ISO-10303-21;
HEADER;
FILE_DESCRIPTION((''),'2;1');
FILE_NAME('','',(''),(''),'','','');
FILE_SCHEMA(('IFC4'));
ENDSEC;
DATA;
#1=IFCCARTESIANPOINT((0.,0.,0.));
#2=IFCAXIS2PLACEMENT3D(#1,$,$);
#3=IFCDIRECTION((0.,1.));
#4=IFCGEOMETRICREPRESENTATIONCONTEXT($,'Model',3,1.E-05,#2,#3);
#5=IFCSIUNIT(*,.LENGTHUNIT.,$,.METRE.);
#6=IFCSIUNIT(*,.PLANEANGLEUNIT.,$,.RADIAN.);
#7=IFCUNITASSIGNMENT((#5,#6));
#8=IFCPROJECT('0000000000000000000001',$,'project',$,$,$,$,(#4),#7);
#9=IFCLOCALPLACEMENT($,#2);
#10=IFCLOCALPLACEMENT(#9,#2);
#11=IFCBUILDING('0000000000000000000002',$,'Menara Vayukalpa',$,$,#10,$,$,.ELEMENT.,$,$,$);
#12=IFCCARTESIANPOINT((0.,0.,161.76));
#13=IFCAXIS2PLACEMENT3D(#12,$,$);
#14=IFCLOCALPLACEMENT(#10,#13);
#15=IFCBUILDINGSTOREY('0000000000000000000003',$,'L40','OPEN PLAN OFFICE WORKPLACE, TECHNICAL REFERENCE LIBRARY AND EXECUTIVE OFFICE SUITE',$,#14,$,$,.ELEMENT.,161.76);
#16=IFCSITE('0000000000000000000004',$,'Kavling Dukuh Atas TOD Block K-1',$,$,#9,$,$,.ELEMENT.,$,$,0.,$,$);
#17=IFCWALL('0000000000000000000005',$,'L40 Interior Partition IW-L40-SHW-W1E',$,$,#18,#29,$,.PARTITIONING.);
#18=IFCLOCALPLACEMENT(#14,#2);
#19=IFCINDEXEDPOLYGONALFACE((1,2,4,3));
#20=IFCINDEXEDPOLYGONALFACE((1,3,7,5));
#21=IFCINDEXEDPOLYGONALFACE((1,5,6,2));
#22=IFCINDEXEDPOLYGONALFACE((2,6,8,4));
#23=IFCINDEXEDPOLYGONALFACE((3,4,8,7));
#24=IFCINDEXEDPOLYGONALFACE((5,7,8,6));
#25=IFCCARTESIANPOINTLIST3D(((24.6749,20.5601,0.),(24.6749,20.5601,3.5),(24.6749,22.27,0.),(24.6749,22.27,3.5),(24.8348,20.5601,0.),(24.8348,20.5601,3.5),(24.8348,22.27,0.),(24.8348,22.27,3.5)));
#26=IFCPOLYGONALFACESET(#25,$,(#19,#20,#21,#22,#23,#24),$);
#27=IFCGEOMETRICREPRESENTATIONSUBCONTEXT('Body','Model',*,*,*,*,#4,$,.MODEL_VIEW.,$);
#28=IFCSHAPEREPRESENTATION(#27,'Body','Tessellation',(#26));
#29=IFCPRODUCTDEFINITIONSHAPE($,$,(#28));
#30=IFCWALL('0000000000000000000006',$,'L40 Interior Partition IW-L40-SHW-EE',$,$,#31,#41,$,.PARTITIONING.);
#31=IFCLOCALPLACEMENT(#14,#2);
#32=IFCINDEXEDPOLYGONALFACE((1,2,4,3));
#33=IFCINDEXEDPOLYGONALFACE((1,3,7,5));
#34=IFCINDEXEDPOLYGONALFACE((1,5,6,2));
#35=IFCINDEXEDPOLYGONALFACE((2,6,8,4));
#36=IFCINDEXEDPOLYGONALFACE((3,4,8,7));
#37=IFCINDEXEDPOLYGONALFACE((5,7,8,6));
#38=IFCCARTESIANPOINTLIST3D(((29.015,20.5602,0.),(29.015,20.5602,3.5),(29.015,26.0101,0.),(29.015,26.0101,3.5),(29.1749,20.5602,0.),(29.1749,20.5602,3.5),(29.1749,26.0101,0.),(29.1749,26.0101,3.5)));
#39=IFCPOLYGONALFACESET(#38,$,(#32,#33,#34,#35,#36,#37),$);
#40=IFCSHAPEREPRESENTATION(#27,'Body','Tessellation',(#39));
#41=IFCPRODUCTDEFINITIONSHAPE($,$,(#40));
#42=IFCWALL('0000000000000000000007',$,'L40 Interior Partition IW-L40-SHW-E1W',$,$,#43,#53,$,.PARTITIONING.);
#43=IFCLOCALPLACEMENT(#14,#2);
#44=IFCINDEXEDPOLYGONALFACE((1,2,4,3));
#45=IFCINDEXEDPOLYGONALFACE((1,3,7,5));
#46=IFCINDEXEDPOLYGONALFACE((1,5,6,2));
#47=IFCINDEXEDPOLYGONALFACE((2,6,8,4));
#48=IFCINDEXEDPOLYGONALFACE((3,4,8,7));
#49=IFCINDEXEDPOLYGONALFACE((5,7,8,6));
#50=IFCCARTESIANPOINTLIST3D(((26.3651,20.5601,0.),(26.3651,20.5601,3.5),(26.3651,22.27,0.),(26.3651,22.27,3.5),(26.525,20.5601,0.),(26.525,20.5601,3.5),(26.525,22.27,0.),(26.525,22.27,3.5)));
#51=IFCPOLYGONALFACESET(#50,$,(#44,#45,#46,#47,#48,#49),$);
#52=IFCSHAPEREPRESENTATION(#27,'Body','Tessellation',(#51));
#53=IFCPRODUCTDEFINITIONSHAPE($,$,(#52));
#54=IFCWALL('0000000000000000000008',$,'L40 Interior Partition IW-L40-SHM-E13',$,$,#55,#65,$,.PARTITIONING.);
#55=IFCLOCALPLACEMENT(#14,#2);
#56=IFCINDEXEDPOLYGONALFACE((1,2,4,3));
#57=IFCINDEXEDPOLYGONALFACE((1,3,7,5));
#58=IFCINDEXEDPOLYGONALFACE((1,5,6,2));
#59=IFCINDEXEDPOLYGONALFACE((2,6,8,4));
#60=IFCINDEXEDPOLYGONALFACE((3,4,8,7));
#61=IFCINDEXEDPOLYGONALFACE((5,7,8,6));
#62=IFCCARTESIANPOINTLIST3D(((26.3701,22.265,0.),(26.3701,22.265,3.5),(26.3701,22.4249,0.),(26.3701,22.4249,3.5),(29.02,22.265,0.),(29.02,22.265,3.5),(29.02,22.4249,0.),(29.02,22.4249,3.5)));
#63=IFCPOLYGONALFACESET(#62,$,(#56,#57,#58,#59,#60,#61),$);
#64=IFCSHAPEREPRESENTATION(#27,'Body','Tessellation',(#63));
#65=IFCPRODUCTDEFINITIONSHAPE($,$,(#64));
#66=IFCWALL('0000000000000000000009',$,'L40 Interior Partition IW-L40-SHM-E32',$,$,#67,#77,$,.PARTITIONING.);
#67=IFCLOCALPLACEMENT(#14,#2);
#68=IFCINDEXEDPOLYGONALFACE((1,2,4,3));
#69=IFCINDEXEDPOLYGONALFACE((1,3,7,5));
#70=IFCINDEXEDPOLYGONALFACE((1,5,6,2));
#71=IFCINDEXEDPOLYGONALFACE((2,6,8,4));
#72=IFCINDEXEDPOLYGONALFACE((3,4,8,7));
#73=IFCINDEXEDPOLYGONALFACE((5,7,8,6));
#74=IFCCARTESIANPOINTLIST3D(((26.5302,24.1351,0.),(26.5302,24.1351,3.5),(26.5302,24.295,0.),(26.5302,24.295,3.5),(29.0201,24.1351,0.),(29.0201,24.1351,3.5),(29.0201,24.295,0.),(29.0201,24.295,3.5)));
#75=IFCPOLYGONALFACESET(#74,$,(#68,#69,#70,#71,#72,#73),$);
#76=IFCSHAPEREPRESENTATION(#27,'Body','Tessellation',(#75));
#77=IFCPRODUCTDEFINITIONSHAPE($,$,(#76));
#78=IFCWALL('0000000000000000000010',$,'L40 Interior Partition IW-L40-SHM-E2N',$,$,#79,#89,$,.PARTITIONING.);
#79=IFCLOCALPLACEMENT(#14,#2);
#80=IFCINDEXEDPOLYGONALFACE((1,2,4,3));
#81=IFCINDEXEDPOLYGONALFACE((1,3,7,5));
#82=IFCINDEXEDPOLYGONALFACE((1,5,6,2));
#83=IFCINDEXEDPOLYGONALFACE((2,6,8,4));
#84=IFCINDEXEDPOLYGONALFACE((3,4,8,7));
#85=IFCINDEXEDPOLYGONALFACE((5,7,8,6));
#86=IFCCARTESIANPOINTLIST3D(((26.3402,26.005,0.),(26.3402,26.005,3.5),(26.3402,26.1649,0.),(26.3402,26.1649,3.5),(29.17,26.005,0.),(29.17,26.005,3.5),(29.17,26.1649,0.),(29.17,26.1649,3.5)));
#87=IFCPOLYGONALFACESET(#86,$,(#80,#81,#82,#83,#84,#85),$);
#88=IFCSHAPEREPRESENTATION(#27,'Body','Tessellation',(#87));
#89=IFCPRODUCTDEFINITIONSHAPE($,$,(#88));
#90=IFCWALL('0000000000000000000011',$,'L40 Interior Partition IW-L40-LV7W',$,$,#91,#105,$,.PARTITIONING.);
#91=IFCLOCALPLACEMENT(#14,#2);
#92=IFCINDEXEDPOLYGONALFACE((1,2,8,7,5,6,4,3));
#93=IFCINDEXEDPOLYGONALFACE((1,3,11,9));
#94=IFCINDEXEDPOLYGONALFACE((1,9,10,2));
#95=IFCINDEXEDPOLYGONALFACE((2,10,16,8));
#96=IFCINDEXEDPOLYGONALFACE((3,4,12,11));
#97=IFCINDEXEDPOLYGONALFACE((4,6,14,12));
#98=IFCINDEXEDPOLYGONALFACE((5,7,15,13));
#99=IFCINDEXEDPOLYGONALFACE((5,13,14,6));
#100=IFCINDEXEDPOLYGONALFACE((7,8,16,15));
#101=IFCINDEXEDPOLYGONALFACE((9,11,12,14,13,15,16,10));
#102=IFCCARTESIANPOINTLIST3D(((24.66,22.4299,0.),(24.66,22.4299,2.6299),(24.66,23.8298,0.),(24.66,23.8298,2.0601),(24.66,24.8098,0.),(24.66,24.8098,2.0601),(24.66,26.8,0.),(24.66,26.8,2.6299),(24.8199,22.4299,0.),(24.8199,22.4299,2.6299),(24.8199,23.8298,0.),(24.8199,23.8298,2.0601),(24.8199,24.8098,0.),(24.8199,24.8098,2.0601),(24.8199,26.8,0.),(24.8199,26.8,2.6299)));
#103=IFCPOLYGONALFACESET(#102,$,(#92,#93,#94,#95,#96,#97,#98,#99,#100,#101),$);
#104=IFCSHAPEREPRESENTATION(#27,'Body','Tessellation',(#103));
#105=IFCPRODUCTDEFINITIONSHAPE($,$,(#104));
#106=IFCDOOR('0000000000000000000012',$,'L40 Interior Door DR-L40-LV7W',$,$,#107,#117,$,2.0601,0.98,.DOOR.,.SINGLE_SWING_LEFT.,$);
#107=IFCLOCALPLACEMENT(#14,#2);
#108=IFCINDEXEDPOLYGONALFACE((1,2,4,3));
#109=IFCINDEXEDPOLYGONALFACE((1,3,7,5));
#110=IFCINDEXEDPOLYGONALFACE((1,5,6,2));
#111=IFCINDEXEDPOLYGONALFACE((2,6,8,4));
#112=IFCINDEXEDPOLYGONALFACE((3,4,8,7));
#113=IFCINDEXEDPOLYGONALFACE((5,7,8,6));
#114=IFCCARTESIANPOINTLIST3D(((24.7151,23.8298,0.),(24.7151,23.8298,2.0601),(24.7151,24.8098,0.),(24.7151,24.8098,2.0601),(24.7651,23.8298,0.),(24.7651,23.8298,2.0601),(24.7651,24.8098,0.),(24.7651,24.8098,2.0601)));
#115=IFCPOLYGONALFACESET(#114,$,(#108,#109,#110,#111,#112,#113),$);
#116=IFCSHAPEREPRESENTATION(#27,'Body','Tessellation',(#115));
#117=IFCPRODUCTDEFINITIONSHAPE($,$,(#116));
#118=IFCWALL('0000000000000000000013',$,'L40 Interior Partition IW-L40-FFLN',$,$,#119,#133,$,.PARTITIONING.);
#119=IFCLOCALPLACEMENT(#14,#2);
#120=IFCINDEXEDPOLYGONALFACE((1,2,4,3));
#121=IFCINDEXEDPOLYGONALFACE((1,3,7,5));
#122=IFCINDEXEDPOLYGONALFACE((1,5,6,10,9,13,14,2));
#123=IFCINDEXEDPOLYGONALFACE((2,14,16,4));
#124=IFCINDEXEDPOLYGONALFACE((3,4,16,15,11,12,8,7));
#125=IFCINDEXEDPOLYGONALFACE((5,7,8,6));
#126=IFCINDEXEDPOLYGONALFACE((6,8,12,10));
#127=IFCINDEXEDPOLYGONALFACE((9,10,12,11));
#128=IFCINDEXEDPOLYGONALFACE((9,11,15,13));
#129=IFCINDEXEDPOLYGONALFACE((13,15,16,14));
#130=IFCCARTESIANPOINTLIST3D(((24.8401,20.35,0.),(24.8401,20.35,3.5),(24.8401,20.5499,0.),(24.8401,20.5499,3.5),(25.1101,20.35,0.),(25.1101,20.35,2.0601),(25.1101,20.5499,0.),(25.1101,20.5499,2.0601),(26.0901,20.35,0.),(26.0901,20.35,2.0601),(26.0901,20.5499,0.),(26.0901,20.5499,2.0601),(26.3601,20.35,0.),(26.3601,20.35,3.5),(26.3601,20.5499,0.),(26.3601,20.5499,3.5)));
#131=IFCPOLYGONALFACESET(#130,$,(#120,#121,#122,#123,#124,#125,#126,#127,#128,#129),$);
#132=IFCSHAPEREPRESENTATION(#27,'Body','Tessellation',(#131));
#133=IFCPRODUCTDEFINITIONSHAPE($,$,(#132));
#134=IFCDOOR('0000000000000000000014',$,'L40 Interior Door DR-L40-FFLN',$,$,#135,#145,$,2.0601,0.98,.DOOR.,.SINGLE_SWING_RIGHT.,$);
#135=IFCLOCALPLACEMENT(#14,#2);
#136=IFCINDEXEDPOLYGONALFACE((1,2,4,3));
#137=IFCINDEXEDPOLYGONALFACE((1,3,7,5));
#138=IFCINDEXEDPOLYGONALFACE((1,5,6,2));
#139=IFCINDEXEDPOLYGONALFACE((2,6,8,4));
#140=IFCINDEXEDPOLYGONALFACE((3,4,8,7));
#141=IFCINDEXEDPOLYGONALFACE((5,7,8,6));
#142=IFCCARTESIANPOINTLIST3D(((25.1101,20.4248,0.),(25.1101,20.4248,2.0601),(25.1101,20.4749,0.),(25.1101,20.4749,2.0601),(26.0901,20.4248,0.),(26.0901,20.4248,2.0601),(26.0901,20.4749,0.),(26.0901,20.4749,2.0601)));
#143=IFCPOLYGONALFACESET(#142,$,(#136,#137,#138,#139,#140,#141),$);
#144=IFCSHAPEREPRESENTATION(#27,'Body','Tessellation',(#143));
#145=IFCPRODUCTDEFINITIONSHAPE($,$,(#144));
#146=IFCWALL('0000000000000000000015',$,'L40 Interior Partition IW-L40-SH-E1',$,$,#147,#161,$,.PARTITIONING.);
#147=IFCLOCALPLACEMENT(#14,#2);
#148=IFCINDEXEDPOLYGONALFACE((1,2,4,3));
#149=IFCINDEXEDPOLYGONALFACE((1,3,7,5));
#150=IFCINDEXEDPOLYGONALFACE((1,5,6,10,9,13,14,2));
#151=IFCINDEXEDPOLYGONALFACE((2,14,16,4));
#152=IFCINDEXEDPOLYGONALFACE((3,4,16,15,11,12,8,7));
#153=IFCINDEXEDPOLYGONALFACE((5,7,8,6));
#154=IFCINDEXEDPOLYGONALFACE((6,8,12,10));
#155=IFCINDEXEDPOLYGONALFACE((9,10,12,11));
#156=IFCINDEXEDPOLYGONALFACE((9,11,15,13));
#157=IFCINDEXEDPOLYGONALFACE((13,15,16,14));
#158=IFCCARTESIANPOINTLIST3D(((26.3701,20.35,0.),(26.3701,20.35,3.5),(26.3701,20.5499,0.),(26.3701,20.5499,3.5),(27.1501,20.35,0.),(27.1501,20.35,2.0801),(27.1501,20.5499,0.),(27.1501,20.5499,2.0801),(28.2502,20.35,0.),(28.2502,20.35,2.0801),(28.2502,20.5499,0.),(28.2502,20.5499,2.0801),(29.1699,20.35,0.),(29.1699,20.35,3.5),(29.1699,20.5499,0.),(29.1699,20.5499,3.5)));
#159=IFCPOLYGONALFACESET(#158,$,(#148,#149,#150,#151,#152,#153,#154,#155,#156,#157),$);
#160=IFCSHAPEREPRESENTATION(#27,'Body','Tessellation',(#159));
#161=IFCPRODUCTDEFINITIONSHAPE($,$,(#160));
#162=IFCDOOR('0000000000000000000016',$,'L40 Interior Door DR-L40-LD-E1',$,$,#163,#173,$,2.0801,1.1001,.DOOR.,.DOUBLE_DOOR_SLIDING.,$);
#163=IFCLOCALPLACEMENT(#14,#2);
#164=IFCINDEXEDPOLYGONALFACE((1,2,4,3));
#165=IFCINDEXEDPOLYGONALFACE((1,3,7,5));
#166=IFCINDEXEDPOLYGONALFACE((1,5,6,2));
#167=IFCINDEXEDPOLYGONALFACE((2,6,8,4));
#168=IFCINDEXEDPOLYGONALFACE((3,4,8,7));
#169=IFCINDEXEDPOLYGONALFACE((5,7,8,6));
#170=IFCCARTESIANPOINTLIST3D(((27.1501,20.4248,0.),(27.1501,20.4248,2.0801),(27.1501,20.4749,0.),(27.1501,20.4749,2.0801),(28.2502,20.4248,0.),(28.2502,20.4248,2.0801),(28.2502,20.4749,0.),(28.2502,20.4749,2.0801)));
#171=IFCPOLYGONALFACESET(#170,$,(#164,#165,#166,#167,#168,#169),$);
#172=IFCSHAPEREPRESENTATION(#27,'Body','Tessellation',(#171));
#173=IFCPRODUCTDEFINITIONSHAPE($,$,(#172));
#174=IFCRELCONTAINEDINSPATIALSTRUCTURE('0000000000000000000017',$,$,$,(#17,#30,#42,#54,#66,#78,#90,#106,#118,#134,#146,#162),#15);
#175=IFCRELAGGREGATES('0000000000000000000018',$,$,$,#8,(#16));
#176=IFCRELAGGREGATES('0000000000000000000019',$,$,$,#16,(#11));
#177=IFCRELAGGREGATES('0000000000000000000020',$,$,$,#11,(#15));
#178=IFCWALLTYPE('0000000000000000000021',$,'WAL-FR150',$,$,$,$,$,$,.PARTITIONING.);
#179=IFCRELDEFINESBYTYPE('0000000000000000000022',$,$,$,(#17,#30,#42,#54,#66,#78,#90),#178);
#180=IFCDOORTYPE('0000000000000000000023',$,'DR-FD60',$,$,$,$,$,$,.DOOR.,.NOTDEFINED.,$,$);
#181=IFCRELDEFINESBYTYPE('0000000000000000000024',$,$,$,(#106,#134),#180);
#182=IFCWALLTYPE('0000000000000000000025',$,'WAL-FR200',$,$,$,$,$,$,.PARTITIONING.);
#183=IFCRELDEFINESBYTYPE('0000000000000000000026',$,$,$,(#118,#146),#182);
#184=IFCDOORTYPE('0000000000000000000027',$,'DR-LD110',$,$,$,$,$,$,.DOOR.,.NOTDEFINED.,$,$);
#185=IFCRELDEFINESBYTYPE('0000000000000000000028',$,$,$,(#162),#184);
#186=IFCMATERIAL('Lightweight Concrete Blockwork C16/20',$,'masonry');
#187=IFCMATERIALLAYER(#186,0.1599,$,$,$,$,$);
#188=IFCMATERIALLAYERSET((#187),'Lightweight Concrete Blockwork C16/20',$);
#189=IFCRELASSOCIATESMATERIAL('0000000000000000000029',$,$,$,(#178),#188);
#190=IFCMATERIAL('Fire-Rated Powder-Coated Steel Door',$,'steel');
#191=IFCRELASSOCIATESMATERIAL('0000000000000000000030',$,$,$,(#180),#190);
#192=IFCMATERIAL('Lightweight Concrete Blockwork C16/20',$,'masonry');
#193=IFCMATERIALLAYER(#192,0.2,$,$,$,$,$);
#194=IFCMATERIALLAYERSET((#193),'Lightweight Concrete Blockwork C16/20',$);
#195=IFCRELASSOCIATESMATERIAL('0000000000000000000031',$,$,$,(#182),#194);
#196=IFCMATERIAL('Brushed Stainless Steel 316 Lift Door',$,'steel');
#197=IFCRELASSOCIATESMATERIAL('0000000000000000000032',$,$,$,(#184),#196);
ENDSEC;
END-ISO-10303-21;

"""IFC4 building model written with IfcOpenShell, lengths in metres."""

from ifc_helpers import new_model, si_unit, direction, frame, frame_2d, origin, place, context, subcontext, project, spatial, rectangle, extrude, material, layer, layer_set, type_object, element, fill, save


model = new_model("IFC4")

# Units and contexts
model_context = context("Model", 3, precision=1e-05, world=origin(), true_north=direction((0.0, 1.0)))
body_context = subcontext(model_context, "Body", "Model", "MODEL_VIEW")
ifc_project = project(units=[si_unit("LENGTHUNIT", "METRE"), si_unit("PLANEANGLEUNIT", "RADIAN")], contexts=[model_context])

# Site, building, storey
site_placement = place(None, origin())
site = spatial("IfcSite", under=ifc_project, at=site_placement, Name="Kavling Dukuh Atas TOD Block K-1", CompositionType="ELEMENT", RefElevation=0.0)
building_placement = place(site_placement, origin())
building = spatial("IfcBuilding", under=site, at=building_placement, Name="Menara Vayukalpa", CompositionType="ELEMENT")
storey_placement = place(building_placement, frame((0.0, 0.0, 161.76)))
storey = spatial("IfcBuildingStorey", under=building, at=storey_placement, Name="L40", Description="OPEN PLAN OFFICE WORKPLACE, TECHNICAL REFERENCE LIBRARY AND EXECUTIVE OFFICE SUITE", CompositionType="ELEMENT", Elevation=161.76)

# Walls
ifc_material_1 = material(Name="Lightweight Concrete Blockwork C16/20", Category="masonry")
ifc_layer_1 = layer(ifc_material_1, 0.1599)
ifc_layer_set_1 = layer_set([ifc_layer_1], Name="Lightweight Concrete Blockwork C16/20")
wall_type_1 = type_object("IfcWallType", Name="WAL-FR150", PredefinedType="PARTITIONING", material=ifc_layer_set_1)
wall_1_placement = place(storey_placement, frame((24.7549, 20.5601, 0.0), z_axis=(0.0, 0.0, 1.0), x_axis=(0.0, 1.0, 0.0)))
element("IfcWall", 1, at=wall_1_placement, inside=storey, type_object=wall_type_1, Name="L40 Interior Partition IW-L40-SHW-W1E", PredefinedType="PARTITIONING", context=body_context, shape_type="SweptSolid", body=[
    extrude(rectangle(XDim=1.71, YDim=0.1599, at=frame_2d((0.855, 0.0))), origin(), (0.0, 0.0, 1.0), 3.5),
])
wall_2_placement = place(storey_placement, frame((29.095, 20.5601, 0.0), z_axis=(0.0, 0.0, 1.0), x_axis=(0.0, 1.0, 0.0)))
element("IfcWall", 2, at=wall_2_placement, inside=storey, type_object=wall_type_1, Name="L40 Interior Partition IW-L40-SHW-EE", PredefinedType="PARTITIONING", context=body_context, shape_type="SweptSolid", body=[
    extrude(rectangle(XDim=5.45, YDim=0.1599, at=frame_2d((2.7251, 0.0))), origin(), (0.0, 0.0, 1.0), 3.5),
])
wall_3_placement = place(storey_placement, frame((26.4451, 20.5601, 0.0), z_axis=(0.0, 0.0, 1.0), x_axis=(0.0, 1.0, 0.0)))
element("IfcWall", 3, at=wall_3_placement, inside=storey, type_object=wall_type_1, Name="L40 Interior Partition IW-L40-SHW-E1W", PredefinedType="PARTITIONING", context=body_context, shape_type="SweptSolid", body=[
    extrude(rectangle(XDim=1.71, YDim=0.1599, at=frame_2d((0.855, 0.0))), origin(), (0.0, 0.0, 1.0), 3.5),
])
wall_4_placement = place(storey_placement, frame((26.3701, 22.345, 0.0), z_axis=(0.0, 0.0, 1.0), x_axis=(1.0, 0.0, 0.0)))
element("IfcWall", 4, at=wall_4_placement, inside=storey, type_object=wall_type_1, Name="L40 Interior Partition IW-L40-SHM-E13", PredefinedType="PARTITIONING", context=body_context, shape_type="SweptSolid", body=[
    extrude(rectangle(XDim=2.6499, YDim=0.1599, at=frame_2d((1.325, 0.0))), origin(), (0.0, 0.0, 1.0), 3.5),
])
wall_5_placement = place(storey_placement, frame((26.53, 24.2151, 0.0), z_axis=(0.0, 0.0, 1.0), x_axis=(1.0, 0.0, 0.0)))
element("IfcWall", 5, at=wall_5_placement, inside=storey, type_object=wall_type_1, Name="L40 Interior Partition IW-L40-SHM-E32", PredefinedType="PARTITIONING", context=body_context, shape_type="SweptSolid", body=[
    extrude(rectangle(XDim=2.49, YDim=0.1599, at=frame_2d((1.2451, 0.0))), origin(), (0.0, 0.0, 1.0), 3.5),
])
wall_6_placement = place(storey_placement, frame((26.3401, 26.085, 0.0), z_axis=(0.0, 0.0, 1.0), x_axis=(1.0, 0.0, 0.0)))
element("IfcWall", 6, at=wall_6_placement, inside=storey, type_object=wall_type_1, Name="L40 Interior Partition IW-L40-SHM-E2N", PredefinedType="PARTITIONING", context=body_context, shape_type="SweptSolid", body=[
    extrude(rectangle(XDim=2.8298, YDim=0.1599, at=frame_2d((1.415, 0.0))), origin(), (0.0, 0.0, 1.0), 3.5),
])

# Walls, openings, doors
wall_7_placement = place(storey_placement, frame((24.74, 22.4299, 0.0), z_axis=(0.0, 0.0, 1.0), x_axis=(0.0, 1.0, 0.0)))
wall_7 = element("IfcWall", 7, at=wall_7_placement, inside=storey, type_object=wall_type_1, Name="L40 Interior Partition IW-L40-LV7W", PredefinedType="PARTITIONING", context=body_context, shape_type="SweptSolid", body=[
    extrude(rectangle(XDim=4.3701, YDim=0.1599, at=frame_2d((2.1851, 0.0))), origin(), (0.0, 0.0, 1.0), 2.6299),
])
opening_1_placement = place(wall_7_placement, frame((1.3999, 0.0, 0.0)))
opening_1 = element("IfcOpeningElement", 8, at=opening_1_placement, cuts=wall_7, PredefinedType="OPENING", context=body_context, shape_type="SweptSolid", body=[
    extrude(rectangle(XDim=0.98, YDim=2.0601, at=frame_2d((0.49, 1.03))), frame((0.0, 0.0898, 0.0), z_axis=(0.0, -1.0, 0.0), x_axis=(1.0, 0.0, 0.0)), (0.0, 0.0, 1.0), 0.1799),
])
ifc_material_2 = material(Name="Fire-Rated Powder-Coated Steel Door", Category="steel")
door_type_1 = type_object("IfcDoorType", Name="DR-FD60", OperationType="NOTDEFINED", PredefinedType="DOOR", material=ifc_material_2)
door_1_placement = place(opening_1_placement, origin())
door_1 = element("IfcDoor", 9, at=door_1_placement, inside=storey, type_object=door_type_1, Name="L40 Interior Door DR-L40-LV7W", OperationType="SINGLE_SWING_LEFT", OverallHeight=2.0601, OverallWidth=0.98, PredefinedType="DOOR", context=body_context, shape_type="SweptSolid", body=[
    extrude(rectangle(XDim=0.98, YDim=2.0601, at=frame_2d((0.49, 1.03))), frame((0.0, 0.0249, 0.0), z_axis=(0.0, -1.0, 0.0), x_axis=(1.0, 0.0, 0.0)), (0.0, 0.0, 1.0), 0.05),
])
fill(opening_1, door_1)
ifc_material_3 = material(Name="Lightweight Concrete Blockwork C16/20", Category="masonry")
ifc_layer_2 = layer(ifc_material_3, 0.2)
ifc_layer_set_2 = layer_set([ifc_layer_2], Name="Lightweight Concrete Blockwork C16/20")
wall_type_2 = type_object("IfcWallType", Name="WAL-FR200", PredefinedType="PARTITIONING", material=ifc_layer_set_2)
wall_8_placement = place(storey_placement, frame((24.8401, 20.45, 0.0), z_axis=(0.0, 0.0, 1.0), x_axis=(1.0, 0.0, 0.0)))
wall_8 = element("IfcWall", 10, at=wall_8_placement, inside=storey, type_object=wall_type_2, Name="L40 Interior Partition IW-L40-FFLN", PredefinedType="PARTITIONING", context=body_context, shape_type="SweptSolid", body=[
    extrude(rectangle(XDim=1.52, YDim=0.2, at=frame_2d((0.76, 0.0))), origin(), (0.0, 0.0, 1.0), 3.5),
])
opening_2_placement = place(wall_8_placement, frame((0.27, 0.0, 0.0)))
opening_2 = element("IfcOpeningElement", 11, at=opening_2_placement, cuts=wall_8, PredefinedType="OPENING", context=body_context, shape_type="SweptSolid", body=[
    extrude(rectangle(XDim=0.98, YDim=2.0601, at=frame_2d((0.49, 1.03))), frame((0.0, 0.1099, 0.0), z_axis=(0.0, -1.0, 0.0), x_axis=(1.0, 0.0, 0.0)), (0.0, 0.0, 1.0), 0.22),
])
door_2_placement = place(opening_2_placement, origin())
door_2 = element("IfcDoor", 12, at=door_2_placement, inside=storey, type_object=door_type_1, Name="L40 Interior Door DR-L40-FFLN", OperationType="SINGLE_SWING_RIGHT", OverallHeight=2.0601, OverallWidth=0.98, PredefinedType="DOOR", context=body_context, shape_type="SweptSolid", body=[
    extrude(rectangle(XDim=0.98, YDim=2.0601, at=frame_2d((0.49, 1.03))), frame((0.0, 0.0249, 0.0), z_axis=(0.0, -1.0, 0.0), x_axis=(1.0, 0.0, 0.0)), (0.0, 0.0, 1.0), 0.05),
])
fill(opening_2, door_2)
wall_9_placement = place(storey_placement, frame((26.3701, 20.45, 0.0), z_axis=(0.0, 0.0, 1.0), x_axis=(1.0, 0.0, 0.0)))
wall_9 = element("IfcWall", 13, at=wall_9_placement, inside=storey, type_object=wall_type_2, Name="L40 Interior Partition IW-L40-SH-E1", PredefinedType="PARTITIONING", context=body_context, shape_type="SweptSolid", body=[
    extrude(rectangle(XDim=2.7998, YDim=0.2, at=frame_2d((1.3999, 0.0))), origin(), (0.0, 0.0, 1.0), 3.5),
])
opening_3_placement = place(wall_9_placement, frame((0.78, 0.0, 0.0)))
opening_3 = element("IfcOpeningElement", 14, at=opening_3_placement, cuts=wall_9, PredefinedType="OPENING", context=body_context, shape_type="SweptSolid", body=[
    extrude(rectangle(XDim=1.1001, YDim=2.0801, at=frame_2d((0.55, 1.04))), frame((0.0, 0.1099, 0.0), z_axis=(0.0, -1.0, 0.0), x_axis=(1.0, 0.0, 0.0)), (0.0, 0.0, 1.0), 0.22),
])
ifc_material_4 = material(Name="Brushed Stainless Steel 316 Lift Door", Category="steel")
door_type_2 = type_object("IfcDoorType", Name="DR-LD110", OperationType="NOTDEFINED", PredefinedType="DOOR", material=ifc_material_4)
door_3_placement = place(opening_3_placement, origin())
door_3 = element("IfcDoor", 15, at=door_3_placement, inside=storey, type_object=door_type_2, Name="L40 Interior Door DR-L40-LD-E1", OperationType="DOUBLE_DOOR_SLIDING", OverallHeight=2.0801, OverallWidth=1.1001, PredefinedType="DOOR", context=body_context, shape_type="SweptSolid", body=[
    extrude(rectangle(XDim=1.1001, YDim=2.0801, at=frame_2d((0.55, 1.04))), frame((0.0, 0.0249, 0.0), z_axis=(0.0, -1.0, 0.0), x_axis=(1.0, 0.0, 0.0)), (0.0, 0.0, 1.0), 0.05),
])
fill(opening_3, door_3)

save(model, "model.ifc")
